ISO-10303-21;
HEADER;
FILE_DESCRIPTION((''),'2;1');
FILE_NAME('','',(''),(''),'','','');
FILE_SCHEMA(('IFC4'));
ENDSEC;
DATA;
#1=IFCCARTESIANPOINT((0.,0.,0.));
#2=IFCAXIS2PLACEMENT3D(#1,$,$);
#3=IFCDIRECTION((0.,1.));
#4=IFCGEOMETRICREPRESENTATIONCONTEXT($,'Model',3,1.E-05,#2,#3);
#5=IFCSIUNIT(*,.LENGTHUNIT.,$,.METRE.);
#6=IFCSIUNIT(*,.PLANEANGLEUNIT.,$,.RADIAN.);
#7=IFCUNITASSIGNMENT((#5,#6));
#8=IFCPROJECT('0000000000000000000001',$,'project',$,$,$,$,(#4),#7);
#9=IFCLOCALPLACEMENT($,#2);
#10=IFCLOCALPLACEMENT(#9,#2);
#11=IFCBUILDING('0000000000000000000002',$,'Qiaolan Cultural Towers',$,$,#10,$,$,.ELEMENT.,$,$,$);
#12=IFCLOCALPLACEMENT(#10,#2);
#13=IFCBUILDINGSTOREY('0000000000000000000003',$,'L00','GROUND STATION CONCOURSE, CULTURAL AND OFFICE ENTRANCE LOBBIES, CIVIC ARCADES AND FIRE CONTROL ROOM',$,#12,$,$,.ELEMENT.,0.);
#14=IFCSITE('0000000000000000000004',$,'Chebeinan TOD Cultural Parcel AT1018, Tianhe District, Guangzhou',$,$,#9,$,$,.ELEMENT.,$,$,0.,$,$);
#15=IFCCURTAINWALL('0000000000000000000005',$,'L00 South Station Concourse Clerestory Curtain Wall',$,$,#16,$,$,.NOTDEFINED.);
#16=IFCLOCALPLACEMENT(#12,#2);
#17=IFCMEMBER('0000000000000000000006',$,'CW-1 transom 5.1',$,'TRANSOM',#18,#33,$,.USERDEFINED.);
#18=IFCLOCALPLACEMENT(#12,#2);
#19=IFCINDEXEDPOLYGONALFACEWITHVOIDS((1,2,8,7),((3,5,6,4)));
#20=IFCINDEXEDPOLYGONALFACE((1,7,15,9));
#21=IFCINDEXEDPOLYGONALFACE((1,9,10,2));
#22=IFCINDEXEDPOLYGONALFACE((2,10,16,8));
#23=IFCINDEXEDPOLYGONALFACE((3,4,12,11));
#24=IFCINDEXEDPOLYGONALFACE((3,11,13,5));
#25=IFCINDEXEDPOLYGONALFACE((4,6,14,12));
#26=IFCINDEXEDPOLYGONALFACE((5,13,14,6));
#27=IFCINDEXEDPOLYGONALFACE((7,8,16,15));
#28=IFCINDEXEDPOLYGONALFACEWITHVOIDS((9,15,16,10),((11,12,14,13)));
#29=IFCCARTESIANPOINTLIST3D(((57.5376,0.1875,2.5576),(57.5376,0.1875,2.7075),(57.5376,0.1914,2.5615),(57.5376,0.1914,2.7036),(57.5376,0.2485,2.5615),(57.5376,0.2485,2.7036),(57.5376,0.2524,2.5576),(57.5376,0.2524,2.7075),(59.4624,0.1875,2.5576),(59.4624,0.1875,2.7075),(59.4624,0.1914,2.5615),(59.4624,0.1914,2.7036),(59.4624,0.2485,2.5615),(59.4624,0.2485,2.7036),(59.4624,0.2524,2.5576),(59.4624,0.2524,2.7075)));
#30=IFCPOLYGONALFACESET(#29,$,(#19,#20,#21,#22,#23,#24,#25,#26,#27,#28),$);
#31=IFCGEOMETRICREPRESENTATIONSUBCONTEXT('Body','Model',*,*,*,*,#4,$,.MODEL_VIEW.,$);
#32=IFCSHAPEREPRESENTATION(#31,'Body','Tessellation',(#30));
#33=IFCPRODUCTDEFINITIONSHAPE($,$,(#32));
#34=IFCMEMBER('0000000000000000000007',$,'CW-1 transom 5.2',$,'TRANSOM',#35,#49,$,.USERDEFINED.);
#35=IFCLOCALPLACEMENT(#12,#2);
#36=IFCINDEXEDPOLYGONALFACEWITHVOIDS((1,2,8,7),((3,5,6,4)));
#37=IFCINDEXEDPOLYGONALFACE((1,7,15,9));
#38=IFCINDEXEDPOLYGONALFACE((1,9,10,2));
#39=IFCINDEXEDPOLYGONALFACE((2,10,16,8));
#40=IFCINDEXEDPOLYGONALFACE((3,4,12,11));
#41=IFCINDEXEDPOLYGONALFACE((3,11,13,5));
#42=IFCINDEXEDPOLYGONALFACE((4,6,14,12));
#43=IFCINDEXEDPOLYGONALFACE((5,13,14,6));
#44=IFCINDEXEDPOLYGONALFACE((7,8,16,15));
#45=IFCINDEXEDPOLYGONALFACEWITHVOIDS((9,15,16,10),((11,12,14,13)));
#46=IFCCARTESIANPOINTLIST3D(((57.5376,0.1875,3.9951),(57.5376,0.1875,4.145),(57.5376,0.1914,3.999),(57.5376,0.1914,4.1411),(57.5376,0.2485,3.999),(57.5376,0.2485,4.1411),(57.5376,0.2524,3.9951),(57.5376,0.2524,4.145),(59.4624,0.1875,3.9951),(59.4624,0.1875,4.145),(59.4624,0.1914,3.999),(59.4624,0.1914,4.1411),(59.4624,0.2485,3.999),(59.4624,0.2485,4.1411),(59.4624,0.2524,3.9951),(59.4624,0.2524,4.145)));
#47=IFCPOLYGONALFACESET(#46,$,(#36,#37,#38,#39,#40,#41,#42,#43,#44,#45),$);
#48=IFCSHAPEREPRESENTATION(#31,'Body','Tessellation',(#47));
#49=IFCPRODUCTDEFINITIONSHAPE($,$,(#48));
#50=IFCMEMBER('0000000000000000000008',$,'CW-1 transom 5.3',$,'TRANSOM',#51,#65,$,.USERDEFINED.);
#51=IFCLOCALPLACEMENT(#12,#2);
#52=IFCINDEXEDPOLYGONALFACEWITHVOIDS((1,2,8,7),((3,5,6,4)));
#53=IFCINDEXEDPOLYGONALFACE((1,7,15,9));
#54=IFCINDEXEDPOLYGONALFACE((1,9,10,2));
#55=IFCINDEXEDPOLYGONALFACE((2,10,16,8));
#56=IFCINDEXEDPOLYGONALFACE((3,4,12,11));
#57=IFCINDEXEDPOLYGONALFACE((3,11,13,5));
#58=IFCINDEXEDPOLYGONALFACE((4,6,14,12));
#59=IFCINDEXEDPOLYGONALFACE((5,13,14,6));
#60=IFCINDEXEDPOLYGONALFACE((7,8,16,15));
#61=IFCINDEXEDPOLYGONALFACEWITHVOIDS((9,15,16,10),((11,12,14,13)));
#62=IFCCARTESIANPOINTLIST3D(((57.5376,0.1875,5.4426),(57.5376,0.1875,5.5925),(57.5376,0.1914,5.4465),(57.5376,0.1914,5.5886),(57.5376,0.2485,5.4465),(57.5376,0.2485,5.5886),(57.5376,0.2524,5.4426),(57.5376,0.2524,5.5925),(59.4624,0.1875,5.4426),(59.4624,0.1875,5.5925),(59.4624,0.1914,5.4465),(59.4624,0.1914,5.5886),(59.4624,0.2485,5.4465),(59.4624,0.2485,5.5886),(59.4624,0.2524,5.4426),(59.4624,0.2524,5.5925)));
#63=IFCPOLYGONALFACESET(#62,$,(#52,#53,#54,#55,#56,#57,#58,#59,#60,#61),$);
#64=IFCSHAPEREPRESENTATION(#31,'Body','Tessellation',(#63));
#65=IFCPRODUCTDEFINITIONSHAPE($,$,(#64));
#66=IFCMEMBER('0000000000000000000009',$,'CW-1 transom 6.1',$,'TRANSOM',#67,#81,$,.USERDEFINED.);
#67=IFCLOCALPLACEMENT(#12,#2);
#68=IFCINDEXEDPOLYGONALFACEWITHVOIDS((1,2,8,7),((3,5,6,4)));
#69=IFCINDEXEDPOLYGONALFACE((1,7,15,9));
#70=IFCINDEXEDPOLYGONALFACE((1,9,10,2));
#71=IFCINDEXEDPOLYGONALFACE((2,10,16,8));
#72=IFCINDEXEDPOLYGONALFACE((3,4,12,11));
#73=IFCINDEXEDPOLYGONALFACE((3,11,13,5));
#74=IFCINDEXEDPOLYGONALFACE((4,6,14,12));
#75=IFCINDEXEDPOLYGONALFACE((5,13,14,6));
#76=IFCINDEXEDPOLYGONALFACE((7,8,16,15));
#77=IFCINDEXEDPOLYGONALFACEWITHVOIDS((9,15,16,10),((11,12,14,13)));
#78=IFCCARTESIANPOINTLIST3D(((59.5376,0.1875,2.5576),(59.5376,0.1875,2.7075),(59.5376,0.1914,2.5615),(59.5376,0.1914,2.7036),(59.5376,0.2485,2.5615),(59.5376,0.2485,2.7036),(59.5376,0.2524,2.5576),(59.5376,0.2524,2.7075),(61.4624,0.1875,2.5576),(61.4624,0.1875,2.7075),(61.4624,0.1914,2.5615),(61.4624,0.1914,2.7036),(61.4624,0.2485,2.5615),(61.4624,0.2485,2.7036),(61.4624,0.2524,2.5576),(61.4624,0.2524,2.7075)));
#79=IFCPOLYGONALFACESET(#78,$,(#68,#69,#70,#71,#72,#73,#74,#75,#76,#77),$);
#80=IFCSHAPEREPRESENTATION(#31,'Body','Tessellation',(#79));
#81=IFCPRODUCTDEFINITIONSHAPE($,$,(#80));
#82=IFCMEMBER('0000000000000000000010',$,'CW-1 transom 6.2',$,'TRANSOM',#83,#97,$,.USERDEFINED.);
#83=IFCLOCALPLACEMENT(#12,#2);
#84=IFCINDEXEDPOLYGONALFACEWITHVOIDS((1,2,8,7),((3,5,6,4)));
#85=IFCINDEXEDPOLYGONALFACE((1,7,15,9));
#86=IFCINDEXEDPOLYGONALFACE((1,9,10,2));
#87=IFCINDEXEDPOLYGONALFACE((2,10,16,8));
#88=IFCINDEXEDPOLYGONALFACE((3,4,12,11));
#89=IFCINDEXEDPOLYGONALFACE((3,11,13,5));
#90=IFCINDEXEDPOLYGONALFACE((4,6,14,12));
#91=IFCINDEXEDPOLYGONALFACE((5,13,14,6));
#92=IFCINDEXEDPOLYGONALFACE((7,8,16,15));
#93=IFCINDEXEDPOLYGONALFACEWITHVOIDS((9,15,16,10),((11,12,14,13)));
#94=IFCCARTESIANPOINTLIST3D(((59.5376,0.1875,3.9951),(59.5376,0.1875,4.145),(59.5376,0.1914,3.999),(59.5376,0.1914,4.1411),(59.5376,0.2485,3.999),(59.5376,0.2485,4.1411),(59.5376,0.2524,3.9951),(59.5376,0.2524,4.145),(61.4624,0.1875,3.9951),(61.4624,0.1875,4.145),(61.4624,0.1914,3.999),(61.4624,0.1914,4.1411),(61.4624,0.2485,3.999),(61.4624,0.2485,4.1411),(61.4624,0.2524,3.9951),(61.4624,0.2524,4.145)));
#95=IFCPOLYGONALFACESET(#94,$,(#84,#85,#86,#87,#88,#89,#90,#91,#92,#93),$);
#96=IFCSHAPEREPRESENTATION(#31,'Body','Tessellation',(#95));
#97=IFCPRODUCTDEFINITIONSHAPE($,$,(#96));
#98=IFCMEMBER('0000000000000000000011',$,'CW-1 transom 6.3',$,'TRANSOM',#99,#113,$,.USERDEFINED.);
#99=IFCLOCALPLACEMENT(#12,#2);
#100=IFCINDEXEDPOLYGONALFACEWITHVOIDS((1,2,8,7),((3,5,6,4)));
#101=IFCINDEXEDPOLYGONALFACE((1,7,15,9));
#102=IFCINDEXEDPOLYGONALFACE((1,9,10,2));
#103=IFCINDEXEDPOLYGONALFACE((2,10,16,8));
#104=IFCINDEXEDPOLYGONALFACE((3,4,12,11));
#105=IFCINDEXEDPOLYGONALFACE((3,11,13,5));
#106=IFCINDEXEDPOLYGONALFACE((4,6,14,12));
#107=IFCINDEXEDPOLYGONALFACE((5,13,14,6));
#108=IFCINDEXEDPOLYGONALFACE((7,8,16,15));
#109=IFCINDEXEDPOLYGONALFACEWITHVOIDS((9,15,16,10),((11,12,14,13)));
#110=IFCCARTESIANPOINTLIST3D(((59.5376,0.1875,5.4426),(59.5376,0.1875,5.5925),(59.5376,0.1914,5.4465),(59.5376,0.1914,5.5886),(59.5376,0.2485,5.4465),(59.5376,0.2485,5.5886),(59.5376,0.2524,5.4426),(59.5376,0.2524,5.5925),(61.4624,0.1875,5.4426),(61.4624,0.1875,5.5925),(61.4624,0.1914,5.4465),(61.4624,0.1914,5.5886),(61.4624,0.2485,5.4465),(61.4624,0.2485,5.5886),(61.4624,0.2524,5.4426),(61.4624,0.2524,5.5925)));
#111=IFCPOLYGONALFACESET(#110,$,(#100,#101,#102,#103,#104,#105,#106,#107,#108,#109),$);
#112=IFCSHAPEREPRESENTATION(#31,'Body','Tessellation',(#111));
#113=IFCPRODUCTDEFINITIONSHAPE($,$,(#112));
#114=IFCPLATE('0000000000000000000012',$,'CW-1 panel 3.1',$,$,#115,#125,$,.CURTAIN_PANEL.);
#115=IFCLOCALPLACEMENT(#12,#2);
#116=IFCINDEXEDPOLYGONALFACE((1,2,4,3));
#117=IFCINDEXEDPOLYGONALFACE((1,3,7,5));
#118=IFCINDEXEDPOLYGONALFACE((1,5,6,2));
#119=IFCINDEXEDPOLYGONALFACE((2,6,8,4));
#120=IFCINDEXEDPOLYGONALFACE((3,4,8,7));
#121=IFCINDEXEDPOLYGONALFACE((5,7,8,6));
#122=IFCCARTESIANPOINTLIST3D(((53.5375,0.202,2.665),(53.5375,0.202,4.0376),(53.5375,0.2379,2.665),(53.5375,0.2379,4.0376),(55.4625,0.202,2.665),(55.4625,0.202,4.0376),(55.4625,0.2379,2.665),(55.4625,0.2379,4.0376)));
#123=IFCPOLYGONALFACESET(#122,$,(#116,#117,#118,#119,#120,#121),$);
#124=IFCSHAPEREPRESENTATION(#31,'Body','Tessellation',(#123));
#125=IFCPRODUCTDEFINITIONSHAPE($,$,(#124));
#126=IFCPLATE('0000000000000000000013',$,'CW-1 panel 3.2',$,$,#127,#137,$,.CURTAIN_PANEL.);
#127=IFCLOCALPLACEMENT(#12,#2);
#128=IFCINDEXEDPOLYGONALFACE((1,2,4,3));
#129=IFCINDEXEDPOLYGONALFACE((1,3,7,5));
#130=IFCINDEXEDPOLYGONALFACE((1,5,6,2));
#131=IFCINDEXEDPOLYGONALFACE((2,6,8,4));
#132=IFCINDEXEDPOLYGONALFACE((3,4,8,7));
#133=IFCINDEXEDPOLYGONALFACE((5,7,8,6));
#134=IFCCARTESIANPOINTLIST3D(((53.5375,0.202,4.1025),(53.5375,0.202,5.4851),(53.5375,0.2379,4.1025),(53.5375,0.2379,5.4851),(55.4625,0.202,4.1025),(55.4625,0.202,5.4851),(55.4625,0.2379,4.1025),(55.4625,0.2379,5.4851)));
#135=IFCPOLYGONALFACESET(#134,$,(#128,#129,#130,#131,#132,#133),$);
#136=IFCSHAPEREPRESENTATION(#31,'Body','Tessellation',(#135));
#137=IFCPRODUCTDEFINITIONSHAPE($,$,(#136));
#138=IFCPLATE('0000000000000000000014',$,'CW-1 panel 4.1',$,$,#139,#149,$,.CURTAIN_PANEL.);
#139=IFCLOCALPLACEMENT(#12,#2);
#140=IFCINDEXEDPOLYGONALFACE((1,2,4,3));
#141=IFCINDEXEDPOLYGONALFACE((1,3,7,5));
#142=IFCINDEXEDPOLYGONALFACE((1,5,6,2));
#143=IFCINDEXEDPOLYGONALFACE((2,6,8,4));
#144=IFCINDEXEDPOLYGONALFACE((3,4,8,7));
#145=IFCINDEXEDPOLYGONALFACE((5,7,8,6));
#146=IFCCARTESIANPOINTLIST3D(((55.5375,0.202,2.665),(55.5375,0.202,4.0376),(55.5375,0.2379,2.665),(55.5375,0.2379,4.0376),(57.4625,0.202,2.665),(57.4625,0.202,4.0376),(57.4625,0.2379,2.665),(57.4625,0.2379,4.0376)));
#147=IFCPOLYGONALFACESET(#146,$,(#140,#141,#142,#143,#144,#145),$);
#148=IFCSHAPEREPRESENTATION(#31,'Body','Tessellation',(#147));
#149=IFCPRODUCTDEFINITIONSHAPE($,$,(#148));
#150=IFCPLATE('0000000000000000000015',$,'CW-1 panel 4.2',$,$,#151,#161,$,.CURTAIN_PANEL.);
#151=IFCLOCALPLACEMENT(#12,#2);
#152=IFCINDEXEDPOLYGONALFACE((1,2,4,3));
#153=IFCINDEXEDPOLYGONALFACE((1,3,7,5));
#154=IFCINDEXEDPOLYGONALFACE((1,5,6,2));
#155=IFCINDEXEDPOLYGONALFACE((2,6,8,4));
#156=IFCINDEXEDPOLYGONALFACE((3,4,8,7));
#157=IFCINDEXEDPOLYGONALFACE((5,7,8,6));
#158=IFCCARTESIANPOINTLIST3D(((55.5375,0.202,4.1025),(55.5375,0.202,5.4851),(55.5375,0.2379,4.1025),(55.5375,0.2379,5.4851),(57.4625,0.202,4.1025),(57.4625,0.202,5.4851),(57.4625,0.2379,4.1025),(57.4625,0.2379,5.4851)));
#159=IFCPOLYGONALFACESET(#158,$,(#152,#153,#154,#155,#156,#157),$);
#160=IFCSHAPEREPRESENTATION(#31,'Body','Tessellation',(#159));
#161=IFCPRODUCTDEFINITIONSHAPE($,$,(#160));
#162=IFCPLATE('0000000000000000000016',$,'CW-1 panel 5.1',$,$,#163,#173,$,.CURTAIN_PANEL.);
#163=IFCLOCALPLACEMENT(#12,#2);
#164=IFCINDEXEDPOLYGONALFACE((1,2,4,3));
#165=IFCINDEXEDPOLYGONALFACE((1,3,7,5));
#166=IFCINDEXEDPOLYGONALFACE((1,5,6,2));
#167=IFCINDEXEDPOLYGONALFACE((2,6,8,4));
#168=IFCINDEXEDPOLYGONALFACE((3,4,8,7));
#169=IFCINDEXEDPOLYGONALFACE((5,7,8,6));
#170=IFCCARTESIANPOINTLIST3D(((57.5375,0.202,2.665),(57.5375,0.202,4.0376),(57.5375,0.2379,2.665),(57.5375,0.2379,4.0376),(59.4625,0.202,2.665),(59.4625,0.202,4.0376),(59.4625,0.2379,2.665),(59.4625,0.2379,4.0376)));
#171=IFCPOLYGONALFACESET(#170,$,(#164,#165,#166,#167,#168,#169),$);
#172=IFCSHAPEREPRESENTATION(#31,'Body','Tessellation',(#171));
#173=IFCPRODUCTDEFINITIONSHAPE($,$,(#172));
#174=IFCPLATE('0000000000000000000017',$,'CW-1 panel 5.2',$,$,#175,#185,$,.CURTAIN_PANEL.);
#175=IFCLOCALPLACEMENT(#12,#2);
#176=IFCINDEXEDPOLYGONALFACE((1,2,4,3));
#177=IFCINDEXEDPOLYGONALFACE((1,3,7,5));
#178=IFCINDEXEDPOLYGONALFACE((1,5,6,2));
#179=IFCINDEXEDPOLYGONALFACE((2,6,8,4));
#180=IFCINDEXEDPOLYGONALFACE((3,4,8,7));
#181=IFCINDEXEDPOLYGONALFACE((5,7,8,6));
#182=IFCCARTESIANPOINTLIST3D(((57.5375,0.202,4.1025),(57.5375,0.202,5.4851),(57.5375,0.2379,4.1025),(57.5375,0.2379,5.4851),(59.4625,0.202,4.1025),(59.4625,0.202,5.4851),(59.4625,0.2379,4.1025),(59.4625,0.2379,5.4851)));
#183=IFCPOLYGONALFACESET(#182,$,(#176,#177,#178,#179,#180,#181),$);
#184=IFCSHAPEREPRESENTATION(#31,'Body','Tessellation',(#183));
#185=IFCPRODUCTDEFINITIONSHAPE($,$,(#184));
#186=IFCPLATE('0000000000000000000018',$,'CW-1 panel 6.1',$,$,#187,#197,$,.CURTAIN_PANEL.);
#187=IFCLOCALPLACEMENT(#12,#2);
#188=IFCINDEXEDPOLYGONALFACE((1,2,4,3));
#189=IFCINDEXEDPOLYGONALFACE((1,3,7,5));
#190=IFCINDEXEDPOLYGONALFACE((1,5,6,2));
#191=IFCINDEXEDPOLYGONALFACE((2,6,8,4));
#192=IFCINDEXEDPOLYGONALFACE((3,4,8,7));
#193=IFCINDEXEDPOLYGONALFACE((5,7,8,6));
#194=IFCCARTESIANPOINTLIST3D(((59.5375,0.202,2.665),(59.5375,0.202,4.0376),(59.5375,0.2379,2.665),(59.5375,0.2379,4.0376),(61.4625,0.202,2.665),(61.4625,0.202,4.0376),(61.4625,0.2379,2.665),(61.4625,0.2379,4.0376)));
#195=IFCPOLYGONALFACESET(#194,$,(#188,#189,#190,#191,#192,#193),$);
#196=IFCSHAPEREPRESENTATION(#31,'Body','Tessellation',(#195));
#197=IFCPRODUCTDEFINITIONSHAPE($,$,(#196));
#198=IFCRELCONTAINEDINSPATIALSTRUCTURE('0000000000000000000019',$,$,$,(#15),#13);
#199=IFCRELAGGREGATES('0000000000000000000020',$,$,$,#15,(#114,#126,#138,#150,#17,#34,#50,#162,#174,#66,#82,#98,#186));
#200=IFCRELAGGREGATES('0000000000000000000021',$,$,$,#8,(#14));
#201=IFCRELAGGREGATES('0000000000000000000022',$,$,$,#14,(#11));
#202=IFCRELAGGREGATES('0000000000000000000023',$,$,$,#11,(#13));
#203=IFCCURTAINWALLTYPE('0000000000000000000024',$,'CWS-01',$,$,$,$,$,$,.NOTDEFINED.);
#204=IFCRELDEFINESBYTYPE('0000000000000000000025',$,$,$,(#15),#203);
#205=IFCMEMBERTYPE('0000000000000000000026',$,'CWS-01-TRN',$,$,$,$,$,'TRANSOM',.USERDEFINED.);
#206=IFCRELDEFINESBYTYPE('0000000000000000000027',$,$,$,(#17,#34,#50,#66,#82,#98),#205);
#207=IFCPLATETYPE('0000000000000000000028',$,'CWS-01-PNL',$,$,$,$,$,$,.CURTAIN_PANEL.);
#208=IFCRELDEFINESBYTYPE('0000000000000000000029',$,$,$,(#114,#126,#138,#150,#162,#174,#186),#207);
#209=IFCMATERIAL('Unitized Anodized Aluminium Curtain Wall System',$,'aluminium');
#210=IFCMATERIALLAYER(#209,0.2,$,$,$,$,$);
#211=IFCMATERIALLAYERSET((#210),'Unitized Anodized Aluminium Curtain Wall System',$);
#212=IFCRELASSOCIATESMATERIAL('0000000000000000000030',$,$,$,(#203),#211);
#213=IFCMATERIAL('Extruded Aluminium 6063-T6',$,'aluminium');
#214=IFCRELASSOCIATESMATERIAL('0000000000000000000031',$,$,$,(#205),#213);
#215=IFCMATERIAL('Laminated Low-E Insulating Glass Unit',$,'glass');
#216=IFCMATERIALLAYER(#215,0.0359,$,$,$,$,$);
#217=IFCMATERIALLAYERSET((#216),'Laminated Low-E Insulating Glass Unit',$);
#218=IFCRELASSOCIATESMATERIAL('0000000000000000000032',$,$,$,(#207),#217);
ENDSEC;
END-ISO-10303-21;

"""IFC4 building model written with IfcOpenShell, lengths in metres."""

from ifc_helpers import new_model, si_unit, direction, frame, origin, origin_2d, place, context, subcontext, project, spatial, rectangle, hollow_rectangle, extrude, material, layer, layer_set, material_profile, profile_set, type_object, element, aggregate, save


model = new_model("IFC4")

# Units and contexts
model_context = context("Model", 3, precision=1e-05, world=origin(), true_north=direction((0.0, 1.0)))
body_context = subcontext(model_context, "Body", "Model", "MODEL_VIEW")
ifc_project = project(units=[si_unit("LENGTHUNIT", "METRE"), si_unit("PLANEANGLEUNIT", "RADIAN")], contexts=[model_context])

# Site, building, storey
site_placement = place(None, origin())
site = spatial("IfcSite", under=ifc_project, at=site_placement, Name="Chebeinan TOD Cultural Parcel AT1018, Tianhe District, Guangzhou", CompositionType="ELEMENT", RefElevation=0.0)
building_placement = place(site_placement, origin())
building = spatial("IfcBuilding", under=site, at=building_placement, Name="Qiaolan Cultural Towers", CompositionType="ELEMENT")
storey_placement = place(building_placement, origin())
storey = spatial("IfcBuildingStorey", under=building, at=storey_placement, Name="L00", Description="GROUND STATION CONCOURSE, CULTURAL AND OFFICE ENTRANCE LOBBIES, CIVIC ARCADES AND FIRE CONTROL ROOM", CompositionType="ELEMENT", Elevation=0.0)

# Curtain wall, members, plates
ifc_material_1 = material(Name="Unitized Anodized Aluminium Curtain Wall System", Category="aluminium")
ifc_layer_1 = layer(ifc_material_1, 0.2)
ifc_layer_set_1 = layer_set([ifc_layer_1], Name="Unitized Anodized Aluminium Curtain Wall System")
curtain_wall_type = type_object("IfcCurtainWallType", Name="CWS-01", PredefinedType="NOTDEFINED", material=ifc_layer_set_1)
curtain_wall_placement = place(storey_placement, origin())
curtain_wall = element("IfcCurtainWall", 1, at=curtain_wall_placement, inside=storey, type_object=curtain_wall_type, Name="L00 South Station Concourse Clerestory Curtain Wall", PredefinedType="NOTDEFINED")
ifc_material_2 = material(Name="Extruded Aluminium 6063-T6", Category="aluminium")
ifc_material_profile_1 = material_profile(ifc_material_2, hollow_rectangle(XDim=0.0649, YDim=0.1499, WallThickness=0.0039, at=origin_2d()), Name="CWT-150x65x4")
ifc_profile_set_1 = profile_set([ifc_material_profile_1], Name="Extruded Aluminium 6063-T6")
member_type_1 = type_object("IfcMemberType", Name="CWS-01-TRN", ElementType="TRANSOM", PredefinedType="USERDEFINED", material=ifc_profile_set_1)
member_1_placement = place(storey_placement, frame((57.5376, 0.22, 2.6326), z_axis=(1.0, 0.0, 0.0), x_axis=(0.0, 1.0, 0.0)))
member_1 = element("IfcMember", 2, at=member_1_placement, type_object=member_type_1, Name="CW-1 transom 5.1", ObjectType="TRANSOM", PredefinedType="USERDEFINED", context=body_context, shape_type="SweptSolid", body=[
    extrude(hollow_rectangle(XDim=0.0649, YDim=0.1499, WallThickness=0.0039, at=origin_2d()), origin(), (0.0, 0.0, 1.0), 1.9248),
])
member_2_placement = place(storey_placement, frame((57.5376, 0.22, 4.0701), z_axis=(1.0, 0.0, 0.0), x_axis=(0.0, 1.0, 0.0)))
member_2 = element("IfcMember", 3, at=member_2_placement, type_object=member_type_1, Name="CW-1 transom 5.2", ObjectType="TRANSOM", PredefinedType="USERDEFINED", context=body_context, shape_type="SweptSolid", body=[
    extrude(hollow_rectangle(XDim=0.0649, YDim=0.1499, WallThickness=0.0039, at=origin_2d()), origin(), (0.0, 0.0, 1.0), 1.9248),
])
member_3_placement = place(storey_placement, frame((57.5376, 0.22, 5.5176), z_axis=(1.0, 0.0, 0.0), x_axis=(0.0, 1.0, 0.0)))
member_3 = element("IfcMember", 4, at=member_3_placement, type_object=member_type_1, Name="CW-1 transom 5.3", ObjectType="TRANSOM", PredefinedType="USERDEFINED", context=body_context, shape_type="SweptSolid", body=[
    extrude(hollow_rectangle(XDim=0.0649, YDim=0.1499, WallThickness=0.0039, at=origin_2d()), origin(), (0.0, 0.0, 1.0), 1.9248),
])
member_4_placement = place(storey_placement, frame((59.5376, 0.22, 2.6326), z_axis=(1.0, 0.0, 0.0), x_axis=(0.0, 1.0, 0.0)))
member_4 = element("IfcMember", 5, at=member_4_placement, type_object=member_type_1, Name="CW-1 transom 6.1", ObjectType="TRANSOM", PredefinedType="USERDEFINED", context=body_context, shape_type="SweptSolid", body=[
    extrude(hollow_rectangle(XDim=0.0649, YDim=0.1499, WallThickness=0.0039, at=origin_2d()), origin(), (0.0, 0.0, 1.0), 1.9248),
])
member_5_placement = place(storey_placement, frame((59.5376, 0.22, 4.0701), z_axis=(1.0, 0.0, 0.0), x_axis=(0.0, 1.0, 0.0)))
member_5 = element("IfcMember", 6, at=member_5_placement, type_object=member_type_1, Name="CW-1 transom 6.2", ObjectType="TRANSOM", PredefinedType="USERDEFINED", context=body_context, shape_type="SweptSolid", body=[
    extrude(hollow_rectangle(XDim=0.0649, YDim=0.1499, WallThickness=0.0039, at=origin_2d()), origin(), (0.0, 0.0, 1.0), 1.9248),
])
member_6_placement = place(storey_placement, frame((59.5376, 0.22, 5.5176), z_axis=(1.0, 0.0, 0.0), x_axis=(0.0, 1.0, 0.0)))
member_6 = element("IfcMember", 7, at=member_6_placement, type_object=member_type_1, Name="CW-1 transom 6.3", ObjectType="TRANSOM", PredefinedType="USERDEFINED", context=body_context, shape_type="SweptSolid", body=[
    extrude(hollow_rectangle(XDim=0.0649, YDim=0.1499, WallThickness=0.0039, at=origin_2d()), origin(), (0.0, 0.0, 1.0), 1.9248),
])
ifc_material_3 = material(Name="Laminated Low-E Insulating Glass Unit", Category="glass")
ifc_layer_2 = layer(ifc_material_3, 0.0359)
ifc_layer_set_2 = layer_set([ifc_layer_2], Name="Laminated Low-E Insulating Glass Unit")
plate_type = type_object("IfcPlateType", Name="CWS-01-PNL", PredefinedType="CURTAIN_PANEL", material=ifc_layer_set_2)
plate_1_placement = place(storey_placement, frame((54.5, 0.22, 2.665), z_axis=(0.0, 0.0, 1.0), x_axis=(1.0, 0.0, 0.0)))
plate_1 = element("IfcPlate", 8, at=plate_1_placement, type_object=plate_type, Name="CW-1 panel 3.1", PredefinedType="CURTAIN_PANEL", context=body_context, shape_type="SweptSolid", body=[
    extrude(rectangle(XDim=1.925, YDim=0.0359, at=origin_2d()), origin(), (0.0, 0.0, 1.0), 1.3726),
])
plate_2_placement = place(storey_placement, frame((54.5, 0.22, 4.1025), z_axis=(0.0, 0.0, 1.0), x_axis=(1.0, 0.0, 0.0)))
plate_2 = element("IfcPlate", 9, at=plate_2_placement, type_object=plate_type, Name="CW-1 panel 3.2", PredefinedType="CURTAIN_PANEL", context=body_context, shape_type="SweptSolid", body=[
    extrude(rectangle(XDim=1.925, YDim=0.0359, at=origin_2d()), origin(), (0.0, 0.0, 1.0), 1.3826),
])
plate_3_placement = place(storey_placement, frame((56.5, 0.22, 2.665), z_axis=(0.0, 0.0, 1.0), x_axis=(1.0, 0.0, 0.0)))
plate_3 = element("IfcPlate", 10, at=plate_3_placement, type_object=plate_type, Name="CW-1 panel 4.1", PredefinedType="CURTAIN_PANEL", context=body_context, shape_type="SweptSolid", body=[
    extrude(rectangle(XDim=1.925, YDim=0.0359, at=origin_2d()), origin(), (0.0, 0.0, 1.0), 1.3726),
])
plate_4_placement = place(storey_placement, frame((56.5, 0.22, 4.1025), z_axis=(0.0, 0.0, 1.0), x_axis=(1.0, 0.0, 0.0)))
plate_4 = element("IfcPlate", 11, at=plate_4_placement, type_object=plate_type, Name="CW-1 panel 4.2", PredefinedType="CURTAIN_PANEL", context=body_context, shape_type="SweptSolid", body=[
    extrude(rectangle(XDim=1.925, YDim=0.0359, at=origin_2d()), origin(), (0.0, 0.0, 1.0), 1.3826),
])
plate_5_placement = place(storey_placement, frame((58.5, 0.22, 2.665), z_axis=(0.0, 0.0, 1.0), x_axis=(1.0, 0.0, 0.0)))
plate_5 = element("IfcPlate", 12, at=plate_5_placement, type_object=plate_type, Name="CW-1 panel 5.1", PredefinedType="CURTAIN_PANEL", context=body_context, shape_type="SweptSolid", body=[
    extrude(rectangle(XDim=1.925, YDim=0.0359, at=origin_2d()), origin(), (0.0, 0.0, 1.0), 1.3726),
])
plate_6_placement = place(storey_placement, frame((58.5, 0.22, 4.1025), z_axis=(0.0, 0.0, 1.0), x_axis=(1.0, 0.0, 0.0)))
plate_6 = element("IfcPlate", 13, at=plate_6_placement, type_object=plate_type, Name="CW-1 panel 5.2", PredefinedType="CURTAIN_PANEL", context=body_context, shape_type="SweptSolid", body=[
    extrude(rectangle(XDim=1.925, YDim=0.0359, at=origin_2d()), origin(), (0.0, 0.0, 1.0), 1.3826),
])
plate_7_placement = place(storey_placement, frame((60.5, 0.22, 2.665), z_axis=(0.0, 0.0, 1.0), x_axis=(1.0, 0.0, 0.0)))
plate_7 = element("IfcPlate", 14, at=plate_7_placement, type_object=plate_type, Name="CW-1 panel 6.1", PredefinedType="CURTAIN_PANEL", context=body_context, shape_type="SweptSolid", body=[
    extrude(rectangle(XDim=1.925, YDim=0.0359, at=origin_2d()), origin(), (0.0, 0.0, 1.0), 1.3726),
])
aggregate(curtain_wall, [plate_1, plate_2, plate_3, plate_4, member_1, member_2, member_3, plate_5, plate_6, member_4, member_5, member_6, plate_7])

save(model, "model.ifc")
